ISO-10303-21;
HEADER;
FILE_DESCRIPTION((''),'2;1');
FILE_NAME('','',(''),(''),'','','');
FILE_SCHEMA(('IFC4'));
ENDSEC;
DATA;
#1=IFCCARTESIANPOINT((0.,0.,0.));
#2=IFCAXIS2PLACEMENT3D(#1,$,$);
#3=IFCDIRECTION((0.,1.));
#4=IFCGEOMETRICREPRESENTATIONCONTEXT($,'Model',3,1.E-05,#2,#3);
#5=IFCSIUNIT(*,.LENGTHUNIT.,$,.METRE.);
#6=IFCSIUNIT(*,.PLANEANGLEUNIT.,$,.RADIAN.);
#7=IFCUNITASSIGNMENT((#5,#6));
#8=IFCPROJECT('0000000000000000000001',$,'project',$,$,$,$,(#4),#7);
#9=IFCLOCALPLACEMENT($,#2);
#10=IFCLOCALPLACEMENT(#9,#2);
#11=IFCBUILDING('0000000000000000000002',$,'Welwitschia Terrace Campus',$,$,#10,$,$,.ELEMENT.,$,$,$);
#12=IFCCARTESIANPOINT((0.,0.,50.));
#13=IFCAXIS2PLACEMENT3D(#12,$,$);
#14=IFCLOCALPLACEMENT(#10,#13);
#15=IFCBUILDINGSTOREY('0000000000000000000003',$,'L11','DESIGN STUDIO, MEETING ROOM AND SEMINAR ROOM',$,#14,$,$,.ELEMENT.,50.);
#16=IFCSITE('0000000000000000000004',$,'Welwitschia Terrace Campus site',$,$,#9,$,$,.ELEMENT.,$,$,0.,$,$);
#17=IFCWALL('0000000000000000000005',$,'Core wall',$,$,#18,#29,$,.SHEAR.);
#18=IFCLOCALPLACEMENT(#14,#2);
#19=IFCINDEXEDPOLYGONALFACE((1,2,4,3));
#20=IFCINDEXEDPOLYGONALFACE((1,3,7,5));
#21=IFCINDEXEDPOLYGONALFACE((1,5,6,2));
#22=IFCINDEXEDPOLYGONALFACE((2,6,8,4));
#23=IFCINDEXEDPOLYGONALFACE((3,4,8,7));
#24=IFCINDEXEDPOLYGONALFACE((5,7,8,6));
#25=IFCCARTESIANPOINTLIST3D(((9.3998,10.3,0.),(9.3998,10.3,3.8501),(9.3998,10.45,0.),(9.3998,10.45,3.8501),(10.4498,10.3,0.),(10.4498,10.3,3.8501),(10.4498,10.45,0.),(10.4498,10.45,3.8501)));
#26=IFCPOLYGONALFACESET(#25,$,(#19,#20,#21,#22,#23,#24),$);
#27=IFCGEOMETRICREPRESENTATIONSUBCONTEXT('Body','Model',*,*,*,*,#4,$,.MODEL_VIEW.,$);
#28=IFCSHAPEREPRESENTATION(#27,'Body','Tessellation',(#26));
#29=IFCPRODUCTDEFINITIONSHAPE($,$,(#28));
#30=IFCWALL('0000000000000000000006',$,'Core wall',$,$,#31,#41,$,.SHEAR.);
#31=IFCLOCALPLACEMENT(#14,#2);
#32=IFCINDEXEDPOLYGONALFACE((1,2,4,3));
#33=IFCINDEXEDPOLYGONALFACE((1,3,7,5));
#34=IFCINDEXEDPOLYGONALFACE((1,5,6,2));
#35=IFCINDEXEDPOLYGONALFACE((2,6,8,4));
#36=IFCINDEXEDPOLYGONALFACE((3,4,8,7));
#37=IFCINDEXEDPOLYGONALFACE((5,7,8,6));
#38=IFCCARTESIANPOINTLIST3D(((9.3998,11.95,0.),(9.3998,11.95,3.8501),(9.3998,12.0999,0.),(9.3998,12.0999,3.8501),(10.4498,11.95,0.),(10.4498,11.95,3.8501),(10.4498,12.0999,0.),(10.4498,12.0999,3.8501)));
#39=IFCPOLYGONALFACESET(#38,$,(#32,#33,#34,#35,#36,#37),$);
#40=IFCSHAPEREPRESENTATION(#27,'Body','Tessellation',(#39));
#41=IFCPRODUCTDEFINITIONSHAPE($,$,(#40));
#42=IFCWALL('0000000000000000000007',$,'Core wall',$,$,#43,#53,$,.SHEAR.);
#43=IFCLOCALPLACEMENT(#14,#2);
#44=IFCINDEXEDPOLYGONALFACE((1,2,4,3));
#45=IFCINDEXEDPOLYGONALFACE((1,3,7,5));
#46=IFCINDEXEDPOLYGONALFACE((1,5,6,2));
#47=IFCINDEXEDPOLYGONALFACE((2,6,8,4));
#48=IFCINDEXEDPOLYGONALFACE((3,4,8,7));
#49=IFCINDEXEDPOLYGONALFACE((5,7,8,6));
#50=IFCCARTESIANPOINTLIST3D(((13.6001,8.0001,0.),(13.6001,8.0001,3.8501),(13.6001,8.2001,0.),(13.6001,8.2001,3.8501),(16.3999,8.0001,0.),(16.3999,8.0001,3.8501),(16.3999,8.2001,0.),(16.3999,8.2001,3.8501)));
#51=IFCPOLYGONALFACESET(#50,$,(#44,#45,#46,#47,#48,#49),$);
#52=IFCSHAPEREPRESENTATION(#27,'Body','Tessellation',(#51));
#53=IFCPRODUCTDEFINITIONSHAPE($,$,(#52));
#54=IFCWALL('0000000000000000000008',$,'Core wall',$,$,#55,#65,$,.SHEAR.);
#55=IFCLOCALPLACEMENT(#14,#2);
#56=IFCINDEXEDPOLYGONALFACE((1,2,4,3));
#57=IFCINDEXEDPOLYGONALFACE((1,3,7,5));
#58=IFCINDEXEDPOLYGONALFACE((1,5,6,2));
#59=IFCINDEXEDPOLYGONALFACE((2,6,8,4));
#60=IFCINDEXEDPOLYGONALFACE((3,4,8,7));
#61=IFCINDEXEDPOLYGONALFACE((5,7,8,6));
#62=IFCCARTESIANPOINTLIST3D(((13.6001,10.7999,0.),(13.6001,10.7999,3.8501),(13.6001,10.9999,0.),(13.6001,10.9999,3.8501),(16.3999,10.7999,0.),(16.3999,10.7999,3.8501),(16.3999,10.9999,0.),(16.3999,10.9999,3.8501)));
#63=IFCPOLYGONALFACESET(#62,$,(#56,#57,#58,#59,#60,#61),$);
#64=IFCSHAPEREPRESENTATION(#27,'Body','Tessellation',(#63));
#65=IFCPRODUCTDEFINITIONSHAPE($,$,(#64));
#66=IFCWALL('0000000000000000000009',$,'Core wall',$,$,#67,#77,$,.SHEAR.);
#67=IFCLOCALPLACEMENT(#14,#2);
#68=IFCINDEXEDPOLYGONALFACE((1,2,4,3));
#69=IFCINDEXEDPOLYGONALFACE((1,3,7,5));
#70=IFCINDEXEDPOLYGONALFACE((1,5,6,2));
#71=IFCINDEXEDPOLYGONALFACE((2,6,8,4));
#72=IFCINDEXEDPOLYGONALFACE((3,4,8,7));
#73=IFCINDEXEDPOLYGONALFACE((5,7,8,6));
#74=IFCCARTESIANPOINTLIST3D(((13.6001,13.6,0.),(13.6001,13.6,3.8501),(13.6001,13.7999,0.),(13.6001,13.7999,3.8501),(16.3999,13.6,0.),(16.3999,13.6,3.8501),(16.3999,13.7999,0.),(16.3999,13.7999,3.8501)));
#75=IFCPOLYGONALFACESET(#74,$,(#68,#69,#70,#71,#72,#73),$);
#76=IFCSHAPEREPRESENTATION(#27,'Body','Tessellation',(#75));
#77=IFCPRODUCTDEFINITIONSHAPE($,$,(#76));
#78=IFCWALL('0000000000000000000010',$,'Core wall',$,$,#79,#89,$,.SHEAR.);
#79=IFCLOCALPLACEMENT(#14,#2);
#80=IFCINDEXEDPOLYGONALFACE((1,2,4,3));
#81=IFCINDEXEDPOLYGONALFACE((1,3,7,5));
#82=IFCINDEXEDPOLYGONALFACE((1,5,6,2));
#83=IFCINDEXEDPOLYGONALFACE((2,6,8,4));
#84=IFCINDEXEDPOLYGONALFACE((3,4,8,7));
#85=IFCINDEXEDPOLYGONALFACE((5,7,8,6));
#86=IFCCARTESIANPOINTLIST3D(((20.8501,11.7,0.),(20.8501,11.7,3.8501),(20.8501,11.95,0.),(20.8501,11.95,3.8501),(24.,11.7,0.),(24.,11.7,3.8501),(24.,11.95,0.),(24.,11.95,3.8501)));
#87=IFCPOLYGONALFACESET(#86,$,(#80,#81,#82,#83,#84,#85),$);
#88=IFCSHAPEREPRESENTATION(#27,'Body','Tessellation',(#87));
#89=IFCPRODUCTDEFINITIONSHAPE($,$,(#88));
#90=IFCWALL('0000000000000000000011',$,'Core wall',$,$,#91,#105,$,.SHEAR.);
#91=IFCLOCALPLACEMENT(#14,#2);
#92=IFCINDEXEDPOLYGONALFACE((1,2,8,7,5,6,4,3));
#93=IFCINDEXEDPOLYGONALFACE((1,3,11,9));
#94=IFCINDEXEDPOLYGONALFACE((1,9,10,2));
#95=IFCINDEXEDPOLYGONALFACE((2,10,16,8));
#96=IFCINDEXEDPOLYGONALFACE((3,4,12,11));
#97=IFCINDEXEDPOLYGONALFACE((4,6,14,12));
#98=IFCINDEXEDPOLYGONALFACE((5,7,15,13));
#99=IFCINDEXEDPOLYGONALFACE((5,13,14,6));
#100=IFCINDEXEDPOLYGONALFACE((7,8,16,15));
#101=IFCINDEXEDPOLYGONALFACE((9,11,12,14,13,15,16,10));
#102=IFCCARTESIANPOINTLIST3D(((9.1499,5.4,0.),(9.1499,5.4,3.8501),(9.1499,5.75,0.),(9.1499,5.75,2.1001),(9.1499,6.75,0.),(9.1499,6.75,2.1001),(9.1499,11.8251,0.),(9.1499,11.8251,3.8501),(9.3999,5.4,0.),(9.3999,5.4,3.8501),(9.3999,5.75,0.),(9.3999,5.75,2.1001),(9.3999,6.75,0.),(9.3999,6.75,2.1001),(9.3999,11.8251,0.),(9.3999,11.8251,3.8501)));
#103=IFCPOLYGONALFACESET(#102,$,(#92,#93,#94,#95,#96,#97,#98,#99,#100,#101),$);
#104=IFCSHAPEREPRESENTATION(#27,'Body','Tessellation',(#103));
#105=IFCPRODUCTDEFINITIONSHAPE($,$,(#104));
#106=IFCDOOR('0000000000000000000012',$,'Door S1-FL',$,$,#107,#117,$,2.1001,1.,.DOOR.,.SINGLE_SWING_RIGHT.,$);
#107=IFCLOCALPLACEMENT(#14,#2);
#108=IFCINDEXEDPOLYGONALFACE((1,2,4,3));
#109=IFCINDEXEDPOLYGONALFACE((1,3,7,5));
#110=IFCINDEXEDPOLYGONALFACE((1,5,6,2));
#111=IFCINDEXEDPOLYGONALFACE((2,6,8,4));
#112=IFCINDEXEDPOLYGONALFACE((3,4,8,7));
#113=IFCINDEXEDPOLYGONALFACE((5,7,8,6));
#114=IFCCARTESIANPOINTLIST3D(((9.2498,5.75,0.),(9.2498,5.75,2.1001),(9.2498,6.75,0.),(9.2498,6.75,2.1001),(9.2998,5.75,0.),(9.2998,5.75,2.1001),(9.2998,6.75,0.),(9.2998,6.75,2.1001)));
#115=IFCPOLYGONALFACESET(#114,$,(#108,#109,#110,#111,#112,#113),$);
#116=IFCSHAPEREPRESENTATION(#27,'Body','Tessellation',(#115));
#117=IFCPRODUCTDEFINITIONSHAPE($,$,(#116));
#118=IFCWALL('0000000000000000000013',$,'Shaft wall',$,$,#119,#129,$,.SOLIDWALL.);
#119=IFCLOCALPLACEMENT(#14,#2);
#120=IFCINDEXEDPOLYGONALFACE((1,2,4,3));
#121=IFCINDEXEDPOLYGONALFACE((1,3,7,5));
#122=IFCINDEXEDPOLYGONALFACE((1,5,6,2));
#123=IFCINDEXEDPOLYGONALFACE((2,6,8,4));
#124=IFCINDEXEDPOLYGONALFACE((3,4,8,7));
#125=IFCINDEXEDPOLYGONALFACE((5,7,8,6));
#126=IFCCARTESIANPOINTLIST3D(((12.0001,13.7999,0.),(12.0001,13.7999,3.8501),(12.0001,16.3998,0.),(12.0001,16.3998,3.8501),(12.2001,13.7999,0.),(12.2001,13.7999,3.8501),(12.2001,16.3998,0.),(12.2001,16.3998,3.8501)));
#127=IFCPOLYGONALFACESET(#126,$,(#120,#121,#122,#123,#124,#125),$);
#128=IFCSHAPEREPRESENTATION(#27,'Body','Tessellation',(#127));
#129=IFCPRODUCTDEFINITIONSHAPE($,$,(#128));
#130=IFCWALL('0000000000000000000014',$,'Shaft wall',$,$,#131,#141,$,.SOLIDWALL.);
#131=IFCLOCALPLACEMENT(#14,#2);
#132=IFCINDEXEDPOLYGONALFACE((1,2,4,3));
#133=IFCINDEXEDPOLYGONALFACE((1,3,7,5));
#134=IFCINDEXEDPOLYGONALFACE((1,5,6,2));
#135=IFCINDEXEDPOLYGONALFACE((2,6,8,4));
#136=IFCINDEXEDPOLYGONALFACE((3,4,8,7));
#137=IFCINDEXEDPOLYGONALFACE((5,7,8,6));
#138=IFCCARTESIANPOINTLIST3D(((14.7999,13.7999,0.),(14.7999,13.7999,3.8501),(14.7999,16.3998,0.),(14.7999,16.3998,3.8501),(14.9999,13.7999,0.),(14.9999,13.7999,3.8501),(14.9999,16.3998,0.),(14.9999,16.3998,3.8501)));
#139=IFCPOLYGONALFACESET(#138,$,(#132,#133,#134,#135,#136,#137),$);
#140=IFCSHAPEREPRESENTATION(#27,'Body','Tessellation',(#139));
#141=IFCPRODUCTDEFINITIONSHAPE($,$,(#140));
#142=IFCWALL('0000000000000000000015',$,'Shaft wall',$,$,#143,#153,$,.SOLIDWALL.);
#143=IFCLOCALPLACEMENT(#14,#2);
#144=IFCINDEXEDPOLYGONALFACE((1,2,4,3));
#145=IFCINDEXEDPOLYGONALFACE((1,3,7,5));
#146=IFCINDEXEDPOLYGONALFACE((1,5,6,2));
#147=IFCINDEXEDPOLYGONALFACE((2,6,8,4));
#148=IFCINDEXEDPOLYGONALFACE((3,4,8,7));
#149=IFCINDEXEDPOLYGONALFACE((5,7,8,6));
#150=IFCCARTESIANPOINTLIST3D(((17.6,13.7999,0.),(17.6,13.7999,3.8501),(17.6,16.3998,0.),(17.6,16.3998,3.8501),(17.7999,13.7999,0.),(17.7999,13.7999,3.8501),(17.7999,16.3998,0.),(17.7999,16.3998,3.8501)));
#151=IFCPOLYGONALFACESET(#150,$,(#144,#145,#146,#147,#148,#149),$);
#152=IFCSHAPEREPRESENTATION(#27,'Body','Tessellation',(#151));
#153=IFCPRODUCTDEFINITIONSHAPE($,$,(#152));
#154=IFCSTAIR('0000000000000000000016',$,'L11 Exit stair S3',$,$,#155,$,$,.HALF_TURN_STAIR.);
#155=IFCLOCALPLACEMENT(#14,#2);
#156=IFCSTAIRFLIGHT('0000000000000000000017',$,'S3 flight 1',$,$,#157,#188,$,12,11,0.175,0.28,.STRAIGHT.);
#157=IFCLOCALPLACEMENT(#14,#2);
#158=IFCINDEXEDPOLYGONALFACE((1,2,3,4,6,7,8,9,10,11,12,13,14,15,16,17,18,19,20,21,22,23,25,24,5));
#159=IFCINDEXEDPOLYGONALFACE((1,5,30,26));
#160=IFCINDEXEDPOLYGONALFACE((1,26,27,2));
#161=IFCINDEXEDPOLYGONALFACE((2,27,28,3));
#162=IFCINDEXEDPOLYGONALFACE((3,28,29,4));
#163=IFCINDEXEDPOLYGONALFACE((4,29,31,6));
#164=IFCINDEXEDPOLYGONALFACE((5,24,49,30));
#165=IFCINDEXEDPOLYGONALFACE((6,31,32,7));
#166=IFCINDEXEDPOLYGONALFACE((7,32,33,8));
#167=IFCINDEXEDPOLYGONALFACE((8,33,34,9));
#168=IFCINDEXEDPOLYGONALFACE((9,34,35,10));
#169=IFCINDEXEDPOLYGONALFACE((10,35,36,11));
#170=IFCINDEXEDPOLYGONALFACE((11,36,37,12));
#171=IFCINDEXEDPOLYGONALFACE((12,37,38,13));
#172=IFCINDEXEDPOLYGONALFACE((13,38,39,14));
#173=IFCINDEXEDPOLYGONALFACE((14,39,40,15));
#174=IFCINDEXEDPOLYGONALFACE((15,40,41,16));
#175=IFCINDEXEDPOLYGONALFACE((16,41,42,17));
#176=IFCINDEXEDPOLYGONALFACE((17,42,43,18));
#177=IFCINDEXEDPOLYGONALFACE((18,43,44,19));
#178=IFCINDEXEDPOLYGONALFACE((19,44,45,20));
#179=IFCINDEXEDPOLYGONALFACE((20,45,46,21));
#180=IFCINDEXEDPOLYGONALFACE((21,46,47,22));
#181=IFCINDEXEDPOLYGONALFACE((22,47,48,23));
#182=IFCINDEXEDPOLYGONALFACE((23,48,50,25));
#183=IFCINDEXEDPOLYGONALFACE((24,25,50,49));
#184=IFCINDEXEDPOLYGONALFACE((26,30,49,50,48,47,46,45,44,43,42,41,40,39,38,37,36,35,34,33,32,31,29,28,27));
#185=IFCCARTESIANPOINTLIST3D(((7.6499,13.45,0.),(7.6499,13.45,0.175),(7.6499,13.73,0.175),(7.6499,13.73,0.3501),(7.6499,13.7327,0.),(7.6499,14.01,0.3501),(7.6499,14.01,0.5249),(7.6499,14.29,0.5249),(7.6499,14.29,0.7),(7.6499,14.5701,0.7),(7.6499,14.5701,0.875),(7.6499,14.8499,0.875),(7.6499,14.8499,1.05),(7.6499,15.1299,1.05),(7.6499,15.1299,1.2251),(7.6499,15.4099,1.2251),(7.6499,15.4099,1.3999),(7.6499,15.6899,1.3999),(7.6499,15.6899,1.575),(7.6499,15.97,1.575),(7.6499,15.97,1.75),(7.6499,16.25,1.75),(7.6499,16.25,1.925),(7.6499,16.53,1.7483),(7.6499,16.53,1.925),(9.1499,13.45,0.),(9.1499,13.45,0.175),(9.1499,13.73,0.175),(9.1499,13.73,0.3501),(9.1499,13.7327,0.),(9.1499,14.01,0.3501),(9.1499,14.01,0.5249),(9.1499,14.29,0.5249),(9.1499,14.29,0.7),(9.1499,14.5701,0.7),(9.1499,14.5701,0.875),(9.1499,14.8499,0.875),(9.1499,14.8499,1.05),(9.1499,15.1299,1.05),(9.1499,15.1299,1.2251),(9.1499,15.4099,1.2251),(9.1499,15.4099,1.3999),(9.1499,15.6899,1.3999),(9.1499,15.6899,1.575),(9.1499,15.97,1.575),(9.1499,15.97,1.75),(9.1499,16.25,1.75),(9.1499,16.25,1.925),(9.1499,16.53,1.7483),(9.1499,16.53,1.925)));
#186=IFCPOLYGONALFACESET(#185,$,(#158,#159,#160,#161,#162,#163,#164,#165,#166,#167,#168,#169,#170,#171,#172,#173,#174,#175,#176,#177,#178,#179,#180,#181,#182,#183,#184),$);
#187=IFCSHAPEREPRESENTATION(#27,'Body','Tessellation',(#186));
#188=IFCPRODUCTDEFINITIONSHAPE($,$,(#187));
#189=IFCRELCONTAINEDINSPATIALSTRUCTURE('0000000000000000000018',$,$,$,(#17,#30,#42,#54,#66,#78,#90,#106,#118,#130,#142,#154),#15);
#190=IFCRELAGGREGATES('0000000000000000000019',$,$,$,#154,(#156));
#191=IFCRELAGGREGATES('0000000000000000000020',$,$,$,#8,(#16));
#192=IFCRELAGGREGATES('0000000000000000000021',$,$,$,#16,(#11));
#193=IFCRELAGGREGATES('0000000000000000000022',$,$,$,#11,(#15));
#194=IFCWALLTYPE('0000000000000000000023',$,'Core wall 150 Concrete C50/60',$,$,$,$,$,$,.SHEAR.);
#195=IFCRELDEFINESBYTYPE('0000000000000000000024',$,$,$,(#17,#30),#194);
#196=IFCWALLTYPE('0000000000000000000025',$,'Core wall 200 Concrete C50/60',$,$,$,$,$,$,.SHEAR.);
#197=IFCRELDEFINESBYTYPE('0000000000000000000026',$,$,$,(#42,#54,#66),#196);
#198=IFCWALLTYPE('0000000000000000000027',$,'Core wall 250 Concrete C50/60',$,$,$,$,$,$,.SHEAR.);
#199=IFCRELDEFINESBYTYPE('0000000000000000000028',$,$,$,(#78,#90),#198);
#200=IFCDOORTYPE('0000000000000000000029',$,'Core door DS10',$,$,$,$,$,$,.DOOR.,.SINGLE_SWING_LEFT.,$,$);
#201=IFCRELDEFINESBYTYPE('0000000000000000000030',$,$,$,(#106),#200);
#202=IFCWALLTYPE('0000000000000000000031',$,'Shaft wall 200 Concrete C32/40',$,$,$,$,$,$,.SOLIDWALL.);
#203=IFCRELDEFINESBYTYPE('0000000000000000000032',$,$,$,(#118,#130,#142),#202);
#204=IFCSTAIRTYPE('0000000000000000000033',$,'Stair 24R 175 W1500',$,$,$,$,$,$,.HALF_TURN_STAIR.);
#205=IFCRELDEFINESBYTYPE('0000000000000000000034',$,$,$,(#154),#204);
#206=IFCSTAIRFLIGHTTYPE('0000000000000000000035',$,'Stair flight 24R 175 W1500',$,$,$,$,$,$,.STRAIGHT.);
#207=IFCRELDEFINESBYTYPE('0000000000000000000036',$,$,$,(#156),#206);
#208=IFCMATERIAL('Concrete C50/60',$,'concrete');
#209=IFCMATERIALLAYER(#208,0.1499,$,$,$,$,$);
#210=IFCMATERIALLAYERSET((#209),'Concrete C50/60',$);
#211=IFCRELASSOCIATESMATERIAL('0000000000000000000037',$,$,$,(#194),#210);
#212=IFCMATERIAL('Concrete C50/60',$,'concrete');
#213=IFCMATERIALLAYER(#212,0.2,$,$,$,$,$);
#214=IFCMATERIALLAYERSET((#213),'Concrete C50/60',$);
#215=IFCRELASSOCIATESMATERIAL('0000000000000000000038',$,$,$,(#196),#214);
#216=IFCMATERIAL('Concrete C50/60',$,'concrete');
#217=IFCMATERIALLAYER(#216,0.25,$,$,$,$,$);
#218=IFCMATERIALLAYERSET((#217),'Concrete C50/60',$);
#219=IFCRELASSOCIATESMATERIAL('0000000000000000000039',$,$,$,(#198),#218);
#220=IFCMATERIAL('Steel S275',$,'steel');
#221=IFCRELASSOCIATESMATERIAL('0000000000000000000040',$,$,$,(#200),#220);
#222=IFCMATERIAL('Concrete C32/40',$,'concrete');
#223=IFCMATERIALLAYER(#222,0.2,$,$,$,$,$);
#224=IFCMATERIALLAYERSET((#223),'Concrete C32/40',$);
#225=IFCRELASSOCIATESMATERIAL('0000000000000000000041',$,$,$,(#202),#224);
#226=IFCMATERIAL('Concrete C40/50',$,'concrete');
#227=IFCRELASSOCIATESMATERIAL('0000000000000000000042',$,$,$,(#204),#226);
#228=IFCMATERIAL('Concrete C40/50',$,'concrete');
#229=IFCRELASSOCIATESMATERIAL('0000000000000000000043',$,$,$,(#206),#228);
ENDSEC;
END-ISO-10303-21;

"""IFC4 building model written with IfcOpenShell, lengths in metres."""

from ifc_helpers import new_model, si_unit, direction, frame, frame_2d, origin, place, context, subcontext, project, spatial, polyline, rectangle, outline, extrude, material, layer, layer_set, type_object, element, fill, aggregate, save


model = new_model("IFC4")

# Units and contexts
model_context = context("Model", 3, precision=1e-05, world=origin(), true_north=direction((0.0, 1.0)))
body_context = subcontext(model_context, "Body", "Model", "MODEL_VIEW")
ifc_project = project(units=[si_unit("LENGTHUNIT", "METRE"), si_unit("PLANEANGLEUNIT", "RADIAN")], contexts=[model_context])

# Site, building, storey
site_placement = place(None, origin())
site = spatial("IfcSite", under=ifc_project, at=site_placement, Name="Welwitschia Terrace Campus site", CompositionType="ELEMENT", RefElevation=0.0)
building_placement = place(site_placement, origin())
building = spatial("IfcBuilding", under=site, at=building_placement, Name="Welwitschia Terrace Campus", CompositionType="ELEMENT")
storey_placement = place(building_placement, frame((0.0, 0.0, 50.0)))
storey = spatial("IfcBuildingStorey", under=building, at=storey_placement, Name="L11", Description="DESIGN STUDIO, MEETING ROOM AND SEMINAR ROOM", CompositionType="ELEMENT", Elevation=50.0)

# Walls
ifc_material_1 = material(Name="Concrete C50/60", Category="concrete")
ifc_layer_1 = layer(ifc_material_1, 0.1499)
ifc_layer_set_1 = layer_set([ifc_layer_1], Name="Concrete C50/60")
wall_type_1 = type_object("IfcWallType", Name="Core wall 150 Concrete C50/60", PredefinedType="SHEAR", material=ifc_layer_set_1)
for number, where, z_axis, x_axis, name in (
    (1, (9.3999, 10.375, 0.0), (0.0, 0.0, 1.0), (1.0, 0.0, 0.0), "Core wall"),
    (2, (9.3999, 12.0249, 0.0), (0.0, 0.0, 1.0), (1.0, 0.0, 0.0), "Core wall"),
):
    element("IfcWall", number, at=place(storey_placement, frame(where, z_axis=z_axis, x_axis=x_axis)), inside=storey, type_object=wall_type_1, Name=name, PredefinedType="SHEAR", context=body_context, shape_type="SweptSolid", body=[
        extrude(rectangle(XDim=1.05, YDim=0.1499, at=frame_2d((0.5249, 0.0))), origin(), (0.0, 0.0, 1.0), 3.8501),
    ])
ifc_material_2 = material(Name="Concrete C50/60", Category="concrete")
ifc_layer_2 = layer(ifc_material_2, 0.2)
ifc_layer_set_2 = layer_set([ifc_layer_2], Name="Concrete C50/60")
wall_type_2 = type_object("IfcWallType", Name="Core wall 200 Concrete C50/60", PredefinedType="SHEAR", material=ifc_layer_set_2)
for number, where, z_axis, x_axis, name in (
    (3, (13.6001, 8.1001, 0.0), (0.0, 0.0, 1.0), (1.0, 0.0, 0.0), "Core wall"),
    (4, (13.6001, 10.8999, 0.0), (0.0, 0.0, 1.0), (1.0, 0.0, 0.0), "Core wall"),
    (5, (13.6001, 13.7, 0.0), (0.0, 0.0, 1.0), (1.0, 0.0, 0.0), "Core wall"),
):
    element("IfcWall", number, at=place(storey_placement, frame(where, z_axis=z_axis, x_axis=x_axis)), inside=storey, type_object=wall_type_2, Name=name, PredefinedType="SHEAR", context=body_context, shape_type="SweptSolid", body=[
        extrude(rectangle(XDim=2.7998, YDim=0.2, at=frame_2d((1.3999, 0.0))), origin(), (0.0, 0.0, 1.0), 3.8501),
    ])
ifc_material_3 = material(Name="Concrete C50/60", Category="concrete")
ifc_layer_3 = layer(ifc_material_3, 0.25)
ifc_layer_set_3 = layer_set([ifc_layer_3], Name="Concrete C50/60")
wall_type_3 = type_object("IfcWallType", Name="Core wall 250 Concrete C50/60", PredefinedType="SHEAR", material=ifc_layer_set_3)
wall_1_placement = place(storey_placement, frame((20.8501, 11.825, 0.0), z_axis=(0.0, 0.0, 1.0), x_axis=(1.0, 0.0, 0.0)))
element("IfcWall", 6, at=wall_1_placement, inside=storey, type_object=wall_type_3, Name="Core wall", PredefinedType="SHEAR", context=body_context, shape_type="SweptSolid", body=[
    extrude(rectangle(XDim=3.1499, YDim=0.25, at=frame_2d((1.575, 0.0))), origin(), (0.0, 0.0, 1.0), 3.8501),
])

# Wall, opening, door
wall_2_placement = place(storey_placement, frame((9.2749, 11.825, 0.0), z_axis=(0.0, 0.0, 1.0), x_axis=(0.0, -1.0, 0.0)))
wall_2 = element("IfcWall", 7, at=wall_2_placement, inside=storey, type_object=wall_type_3, Name="Core wall", PredefinedType="SHEAR", context=body_context, shape_type="SweptSolid", body=[
    extrude(rectangle(XDim=6.425, YDim=0.25, at=frame_2d((3.2124, 0.0))), origin(), (0.0, 0.0, 1.0), 3.8501),
])
opening_1_placement = place(wall_2_placement, frame((5.075, 0.0, 0.0)))
opening_1 = element("IfcOpeningElement", 8, at=opening_1_placement, cuts=wall_2, PredefinedType="OPENING", context=body_context, shape_type="SweptSolid", body=[
    extrude(rectangle(XDim=1.0, YDim=2.1001, at=frame_2d((0.5, 1.05))), frame((0.0, 0.135, 0.0), z_axis=(0.0, -1.0, 0.0), x_axis=(1.0, 0.0, 0.0)), (0.0, 0.0, 1.0), 0.27),
])
ifc_material_4 = material(Name="Steel S275", Category="steel")
door_type_1 = type_object("IfcDoorType", Name="Core door DS10", OperationType="SINGLE_SWING_LEFT", PredefinedType="DOOR", material=ifc_material_4)
door_1_placement = place(opening_1_placement, origin())
door_1 = element("IfcDoor", 9, at=door_1_placement, inside=storey, type_object=door_type_1, Name="Door S1-FL", OperationType="SINGLE_SWING_RIGHT", OverallHeight=2.1001, OverallWidth=1.0, PredefinedType="DOOR", context=body_context, shape_type="SweptSolid", body=[
    extrude(rectangle(XDim=1.0, YDim=2.1001, at=frame_2d((0.5, 1.05))), frame((0.0, 0.0249, 0.0), z_axis=(0.0, -1.0, 0.0), x_axis=(1.0, 0.0, 0.0)), (0.0, 0.0, 1.0), 0.05),
])
fill(opening_1, door_1)

# Walls
ifc_material_5 = material(Name="Concrete C32/40", Category="concrete")
ifc_layer_4 = layer(ifc_material_5, 0.2)
ifc_layer_set_4 = layer_set([ifc_layer_4], Name="Concrete C32/40")
wall_type_4 = type_object("IfcWallType", Name="Shaft wall 200 Concrete C32/40", PredefinedType="SOLIDWALL", material=ifc_layer_set_4)
for number, where, z_axis, x_axis, name in (
    (10, (12.1001, 13.8, 0.0), (0.0, 0.0, 1.0), (0.0, 1.0, 0.0), "Shaft wall"),
    (11, (14.8999, 13.8, 0.0), (0.0, 0.0, 1.0), (0.0, 1.0, 0.0), "Shaft wall"),
    (12, (17.7, 13.8, 0.0), (0.0, 0.0, 1.0), (0.0, 1.0, 0.0), "Shaft wall"),
):
    element("IfcWall", number, at=place(storey_placement, frame(where, z_axis=z_axis, x_axis=x_axis)), inside=storey, type_object=wall_type_4, Name=name, PredefinedType="SOLIDWALL", context=body_context, shape_type="SweptSolid", body=[
        extrude(rectangle(XDim=2.5999, YDim=0.2, at=frame_2d((1.2998, 0.0))), origin(), (0.0, 0.0, 1.0), 3.8501),
    ])

# Stair, stair flight
ifc_material_6 = material(Name="Concrete C40/50", Category="concrete")
stair_type = type_object("IfcStairType", Name="Stair 24R 175 W1500", PredefinedType="HALF_TURN_STAIR", material=ifc_material_6)
stair_1_placement = place(storey_placement, origin())
stair_1 = element("IfcStair", 13, at=stair_1_placement, inside=storey, type_object=stair_type, Name="L11 Exit stair S3", PredefinedType="HALF_TURN_STAIR")
ifc_material_7 = material(Name="Concrete C40/50", Category="concrete")
stair_flight_type = type_object("IfcStairFlightType", Name="Stair flight 24R 175 W1500", PredefinedType="STRAIGHT", material=ifc_material_7)
stair_flight_1_placement = place(storey_placement, frame((8.3999, 13.45, 0.0), z_axis=(0.0, 0.0, 1.0), x_axis=(0.0, 1.0, 0.0)))
stair_flight_1 = element("IfcStairFlight", 14, at=stair_flight_1_placement, type_object=stair_flight_type, Name="S3 flight 1", NumberOfRisers=12, NumberOfTreads=11, PredefinedType="STRAIGHT", RiserHeight=0.175, TreadLength=0.28, context=body_context, shape_type="SweptSolid", body=[
    extrude(outline(polyline([(0.0, 0.0), (0.0, 0.175), (0.28, 0.175), (0.28, 0.3501), (0.5601, 0.3501), (0.5601, 0.5249), (0.8401, 0.5249), (0.8401, 0.7), (1.1201, 0.7), (1.1201, 0.875), (1.3999, 0.875), (1.3999, 1.05), (1.6799, 1.05), (1.6799, 1.2251), (1.96, 1.2251), (1.96, 1.3999), (2.24, 1.3999), (2.24, 1.575), (2.52, 1.575), (2.52, 1.75), (2.8, 1.75), (2.8, 1.925), (3.0801, 1.925), (3.0801, 2.1001), (3.0801, 1.7483), (0.2827, 0.0), (0.0, 0.0)])), frame((0.0, 0.75, 0.0), z_axis=(0.0, -1.0, 0.0), x_axis=(1.0, 0.0, 0.0)), (0.0, 0.0, 1.0), 1.5),
])
aggregate(stair_1, [stair_flight_1])

save(model, "model.ifc")
